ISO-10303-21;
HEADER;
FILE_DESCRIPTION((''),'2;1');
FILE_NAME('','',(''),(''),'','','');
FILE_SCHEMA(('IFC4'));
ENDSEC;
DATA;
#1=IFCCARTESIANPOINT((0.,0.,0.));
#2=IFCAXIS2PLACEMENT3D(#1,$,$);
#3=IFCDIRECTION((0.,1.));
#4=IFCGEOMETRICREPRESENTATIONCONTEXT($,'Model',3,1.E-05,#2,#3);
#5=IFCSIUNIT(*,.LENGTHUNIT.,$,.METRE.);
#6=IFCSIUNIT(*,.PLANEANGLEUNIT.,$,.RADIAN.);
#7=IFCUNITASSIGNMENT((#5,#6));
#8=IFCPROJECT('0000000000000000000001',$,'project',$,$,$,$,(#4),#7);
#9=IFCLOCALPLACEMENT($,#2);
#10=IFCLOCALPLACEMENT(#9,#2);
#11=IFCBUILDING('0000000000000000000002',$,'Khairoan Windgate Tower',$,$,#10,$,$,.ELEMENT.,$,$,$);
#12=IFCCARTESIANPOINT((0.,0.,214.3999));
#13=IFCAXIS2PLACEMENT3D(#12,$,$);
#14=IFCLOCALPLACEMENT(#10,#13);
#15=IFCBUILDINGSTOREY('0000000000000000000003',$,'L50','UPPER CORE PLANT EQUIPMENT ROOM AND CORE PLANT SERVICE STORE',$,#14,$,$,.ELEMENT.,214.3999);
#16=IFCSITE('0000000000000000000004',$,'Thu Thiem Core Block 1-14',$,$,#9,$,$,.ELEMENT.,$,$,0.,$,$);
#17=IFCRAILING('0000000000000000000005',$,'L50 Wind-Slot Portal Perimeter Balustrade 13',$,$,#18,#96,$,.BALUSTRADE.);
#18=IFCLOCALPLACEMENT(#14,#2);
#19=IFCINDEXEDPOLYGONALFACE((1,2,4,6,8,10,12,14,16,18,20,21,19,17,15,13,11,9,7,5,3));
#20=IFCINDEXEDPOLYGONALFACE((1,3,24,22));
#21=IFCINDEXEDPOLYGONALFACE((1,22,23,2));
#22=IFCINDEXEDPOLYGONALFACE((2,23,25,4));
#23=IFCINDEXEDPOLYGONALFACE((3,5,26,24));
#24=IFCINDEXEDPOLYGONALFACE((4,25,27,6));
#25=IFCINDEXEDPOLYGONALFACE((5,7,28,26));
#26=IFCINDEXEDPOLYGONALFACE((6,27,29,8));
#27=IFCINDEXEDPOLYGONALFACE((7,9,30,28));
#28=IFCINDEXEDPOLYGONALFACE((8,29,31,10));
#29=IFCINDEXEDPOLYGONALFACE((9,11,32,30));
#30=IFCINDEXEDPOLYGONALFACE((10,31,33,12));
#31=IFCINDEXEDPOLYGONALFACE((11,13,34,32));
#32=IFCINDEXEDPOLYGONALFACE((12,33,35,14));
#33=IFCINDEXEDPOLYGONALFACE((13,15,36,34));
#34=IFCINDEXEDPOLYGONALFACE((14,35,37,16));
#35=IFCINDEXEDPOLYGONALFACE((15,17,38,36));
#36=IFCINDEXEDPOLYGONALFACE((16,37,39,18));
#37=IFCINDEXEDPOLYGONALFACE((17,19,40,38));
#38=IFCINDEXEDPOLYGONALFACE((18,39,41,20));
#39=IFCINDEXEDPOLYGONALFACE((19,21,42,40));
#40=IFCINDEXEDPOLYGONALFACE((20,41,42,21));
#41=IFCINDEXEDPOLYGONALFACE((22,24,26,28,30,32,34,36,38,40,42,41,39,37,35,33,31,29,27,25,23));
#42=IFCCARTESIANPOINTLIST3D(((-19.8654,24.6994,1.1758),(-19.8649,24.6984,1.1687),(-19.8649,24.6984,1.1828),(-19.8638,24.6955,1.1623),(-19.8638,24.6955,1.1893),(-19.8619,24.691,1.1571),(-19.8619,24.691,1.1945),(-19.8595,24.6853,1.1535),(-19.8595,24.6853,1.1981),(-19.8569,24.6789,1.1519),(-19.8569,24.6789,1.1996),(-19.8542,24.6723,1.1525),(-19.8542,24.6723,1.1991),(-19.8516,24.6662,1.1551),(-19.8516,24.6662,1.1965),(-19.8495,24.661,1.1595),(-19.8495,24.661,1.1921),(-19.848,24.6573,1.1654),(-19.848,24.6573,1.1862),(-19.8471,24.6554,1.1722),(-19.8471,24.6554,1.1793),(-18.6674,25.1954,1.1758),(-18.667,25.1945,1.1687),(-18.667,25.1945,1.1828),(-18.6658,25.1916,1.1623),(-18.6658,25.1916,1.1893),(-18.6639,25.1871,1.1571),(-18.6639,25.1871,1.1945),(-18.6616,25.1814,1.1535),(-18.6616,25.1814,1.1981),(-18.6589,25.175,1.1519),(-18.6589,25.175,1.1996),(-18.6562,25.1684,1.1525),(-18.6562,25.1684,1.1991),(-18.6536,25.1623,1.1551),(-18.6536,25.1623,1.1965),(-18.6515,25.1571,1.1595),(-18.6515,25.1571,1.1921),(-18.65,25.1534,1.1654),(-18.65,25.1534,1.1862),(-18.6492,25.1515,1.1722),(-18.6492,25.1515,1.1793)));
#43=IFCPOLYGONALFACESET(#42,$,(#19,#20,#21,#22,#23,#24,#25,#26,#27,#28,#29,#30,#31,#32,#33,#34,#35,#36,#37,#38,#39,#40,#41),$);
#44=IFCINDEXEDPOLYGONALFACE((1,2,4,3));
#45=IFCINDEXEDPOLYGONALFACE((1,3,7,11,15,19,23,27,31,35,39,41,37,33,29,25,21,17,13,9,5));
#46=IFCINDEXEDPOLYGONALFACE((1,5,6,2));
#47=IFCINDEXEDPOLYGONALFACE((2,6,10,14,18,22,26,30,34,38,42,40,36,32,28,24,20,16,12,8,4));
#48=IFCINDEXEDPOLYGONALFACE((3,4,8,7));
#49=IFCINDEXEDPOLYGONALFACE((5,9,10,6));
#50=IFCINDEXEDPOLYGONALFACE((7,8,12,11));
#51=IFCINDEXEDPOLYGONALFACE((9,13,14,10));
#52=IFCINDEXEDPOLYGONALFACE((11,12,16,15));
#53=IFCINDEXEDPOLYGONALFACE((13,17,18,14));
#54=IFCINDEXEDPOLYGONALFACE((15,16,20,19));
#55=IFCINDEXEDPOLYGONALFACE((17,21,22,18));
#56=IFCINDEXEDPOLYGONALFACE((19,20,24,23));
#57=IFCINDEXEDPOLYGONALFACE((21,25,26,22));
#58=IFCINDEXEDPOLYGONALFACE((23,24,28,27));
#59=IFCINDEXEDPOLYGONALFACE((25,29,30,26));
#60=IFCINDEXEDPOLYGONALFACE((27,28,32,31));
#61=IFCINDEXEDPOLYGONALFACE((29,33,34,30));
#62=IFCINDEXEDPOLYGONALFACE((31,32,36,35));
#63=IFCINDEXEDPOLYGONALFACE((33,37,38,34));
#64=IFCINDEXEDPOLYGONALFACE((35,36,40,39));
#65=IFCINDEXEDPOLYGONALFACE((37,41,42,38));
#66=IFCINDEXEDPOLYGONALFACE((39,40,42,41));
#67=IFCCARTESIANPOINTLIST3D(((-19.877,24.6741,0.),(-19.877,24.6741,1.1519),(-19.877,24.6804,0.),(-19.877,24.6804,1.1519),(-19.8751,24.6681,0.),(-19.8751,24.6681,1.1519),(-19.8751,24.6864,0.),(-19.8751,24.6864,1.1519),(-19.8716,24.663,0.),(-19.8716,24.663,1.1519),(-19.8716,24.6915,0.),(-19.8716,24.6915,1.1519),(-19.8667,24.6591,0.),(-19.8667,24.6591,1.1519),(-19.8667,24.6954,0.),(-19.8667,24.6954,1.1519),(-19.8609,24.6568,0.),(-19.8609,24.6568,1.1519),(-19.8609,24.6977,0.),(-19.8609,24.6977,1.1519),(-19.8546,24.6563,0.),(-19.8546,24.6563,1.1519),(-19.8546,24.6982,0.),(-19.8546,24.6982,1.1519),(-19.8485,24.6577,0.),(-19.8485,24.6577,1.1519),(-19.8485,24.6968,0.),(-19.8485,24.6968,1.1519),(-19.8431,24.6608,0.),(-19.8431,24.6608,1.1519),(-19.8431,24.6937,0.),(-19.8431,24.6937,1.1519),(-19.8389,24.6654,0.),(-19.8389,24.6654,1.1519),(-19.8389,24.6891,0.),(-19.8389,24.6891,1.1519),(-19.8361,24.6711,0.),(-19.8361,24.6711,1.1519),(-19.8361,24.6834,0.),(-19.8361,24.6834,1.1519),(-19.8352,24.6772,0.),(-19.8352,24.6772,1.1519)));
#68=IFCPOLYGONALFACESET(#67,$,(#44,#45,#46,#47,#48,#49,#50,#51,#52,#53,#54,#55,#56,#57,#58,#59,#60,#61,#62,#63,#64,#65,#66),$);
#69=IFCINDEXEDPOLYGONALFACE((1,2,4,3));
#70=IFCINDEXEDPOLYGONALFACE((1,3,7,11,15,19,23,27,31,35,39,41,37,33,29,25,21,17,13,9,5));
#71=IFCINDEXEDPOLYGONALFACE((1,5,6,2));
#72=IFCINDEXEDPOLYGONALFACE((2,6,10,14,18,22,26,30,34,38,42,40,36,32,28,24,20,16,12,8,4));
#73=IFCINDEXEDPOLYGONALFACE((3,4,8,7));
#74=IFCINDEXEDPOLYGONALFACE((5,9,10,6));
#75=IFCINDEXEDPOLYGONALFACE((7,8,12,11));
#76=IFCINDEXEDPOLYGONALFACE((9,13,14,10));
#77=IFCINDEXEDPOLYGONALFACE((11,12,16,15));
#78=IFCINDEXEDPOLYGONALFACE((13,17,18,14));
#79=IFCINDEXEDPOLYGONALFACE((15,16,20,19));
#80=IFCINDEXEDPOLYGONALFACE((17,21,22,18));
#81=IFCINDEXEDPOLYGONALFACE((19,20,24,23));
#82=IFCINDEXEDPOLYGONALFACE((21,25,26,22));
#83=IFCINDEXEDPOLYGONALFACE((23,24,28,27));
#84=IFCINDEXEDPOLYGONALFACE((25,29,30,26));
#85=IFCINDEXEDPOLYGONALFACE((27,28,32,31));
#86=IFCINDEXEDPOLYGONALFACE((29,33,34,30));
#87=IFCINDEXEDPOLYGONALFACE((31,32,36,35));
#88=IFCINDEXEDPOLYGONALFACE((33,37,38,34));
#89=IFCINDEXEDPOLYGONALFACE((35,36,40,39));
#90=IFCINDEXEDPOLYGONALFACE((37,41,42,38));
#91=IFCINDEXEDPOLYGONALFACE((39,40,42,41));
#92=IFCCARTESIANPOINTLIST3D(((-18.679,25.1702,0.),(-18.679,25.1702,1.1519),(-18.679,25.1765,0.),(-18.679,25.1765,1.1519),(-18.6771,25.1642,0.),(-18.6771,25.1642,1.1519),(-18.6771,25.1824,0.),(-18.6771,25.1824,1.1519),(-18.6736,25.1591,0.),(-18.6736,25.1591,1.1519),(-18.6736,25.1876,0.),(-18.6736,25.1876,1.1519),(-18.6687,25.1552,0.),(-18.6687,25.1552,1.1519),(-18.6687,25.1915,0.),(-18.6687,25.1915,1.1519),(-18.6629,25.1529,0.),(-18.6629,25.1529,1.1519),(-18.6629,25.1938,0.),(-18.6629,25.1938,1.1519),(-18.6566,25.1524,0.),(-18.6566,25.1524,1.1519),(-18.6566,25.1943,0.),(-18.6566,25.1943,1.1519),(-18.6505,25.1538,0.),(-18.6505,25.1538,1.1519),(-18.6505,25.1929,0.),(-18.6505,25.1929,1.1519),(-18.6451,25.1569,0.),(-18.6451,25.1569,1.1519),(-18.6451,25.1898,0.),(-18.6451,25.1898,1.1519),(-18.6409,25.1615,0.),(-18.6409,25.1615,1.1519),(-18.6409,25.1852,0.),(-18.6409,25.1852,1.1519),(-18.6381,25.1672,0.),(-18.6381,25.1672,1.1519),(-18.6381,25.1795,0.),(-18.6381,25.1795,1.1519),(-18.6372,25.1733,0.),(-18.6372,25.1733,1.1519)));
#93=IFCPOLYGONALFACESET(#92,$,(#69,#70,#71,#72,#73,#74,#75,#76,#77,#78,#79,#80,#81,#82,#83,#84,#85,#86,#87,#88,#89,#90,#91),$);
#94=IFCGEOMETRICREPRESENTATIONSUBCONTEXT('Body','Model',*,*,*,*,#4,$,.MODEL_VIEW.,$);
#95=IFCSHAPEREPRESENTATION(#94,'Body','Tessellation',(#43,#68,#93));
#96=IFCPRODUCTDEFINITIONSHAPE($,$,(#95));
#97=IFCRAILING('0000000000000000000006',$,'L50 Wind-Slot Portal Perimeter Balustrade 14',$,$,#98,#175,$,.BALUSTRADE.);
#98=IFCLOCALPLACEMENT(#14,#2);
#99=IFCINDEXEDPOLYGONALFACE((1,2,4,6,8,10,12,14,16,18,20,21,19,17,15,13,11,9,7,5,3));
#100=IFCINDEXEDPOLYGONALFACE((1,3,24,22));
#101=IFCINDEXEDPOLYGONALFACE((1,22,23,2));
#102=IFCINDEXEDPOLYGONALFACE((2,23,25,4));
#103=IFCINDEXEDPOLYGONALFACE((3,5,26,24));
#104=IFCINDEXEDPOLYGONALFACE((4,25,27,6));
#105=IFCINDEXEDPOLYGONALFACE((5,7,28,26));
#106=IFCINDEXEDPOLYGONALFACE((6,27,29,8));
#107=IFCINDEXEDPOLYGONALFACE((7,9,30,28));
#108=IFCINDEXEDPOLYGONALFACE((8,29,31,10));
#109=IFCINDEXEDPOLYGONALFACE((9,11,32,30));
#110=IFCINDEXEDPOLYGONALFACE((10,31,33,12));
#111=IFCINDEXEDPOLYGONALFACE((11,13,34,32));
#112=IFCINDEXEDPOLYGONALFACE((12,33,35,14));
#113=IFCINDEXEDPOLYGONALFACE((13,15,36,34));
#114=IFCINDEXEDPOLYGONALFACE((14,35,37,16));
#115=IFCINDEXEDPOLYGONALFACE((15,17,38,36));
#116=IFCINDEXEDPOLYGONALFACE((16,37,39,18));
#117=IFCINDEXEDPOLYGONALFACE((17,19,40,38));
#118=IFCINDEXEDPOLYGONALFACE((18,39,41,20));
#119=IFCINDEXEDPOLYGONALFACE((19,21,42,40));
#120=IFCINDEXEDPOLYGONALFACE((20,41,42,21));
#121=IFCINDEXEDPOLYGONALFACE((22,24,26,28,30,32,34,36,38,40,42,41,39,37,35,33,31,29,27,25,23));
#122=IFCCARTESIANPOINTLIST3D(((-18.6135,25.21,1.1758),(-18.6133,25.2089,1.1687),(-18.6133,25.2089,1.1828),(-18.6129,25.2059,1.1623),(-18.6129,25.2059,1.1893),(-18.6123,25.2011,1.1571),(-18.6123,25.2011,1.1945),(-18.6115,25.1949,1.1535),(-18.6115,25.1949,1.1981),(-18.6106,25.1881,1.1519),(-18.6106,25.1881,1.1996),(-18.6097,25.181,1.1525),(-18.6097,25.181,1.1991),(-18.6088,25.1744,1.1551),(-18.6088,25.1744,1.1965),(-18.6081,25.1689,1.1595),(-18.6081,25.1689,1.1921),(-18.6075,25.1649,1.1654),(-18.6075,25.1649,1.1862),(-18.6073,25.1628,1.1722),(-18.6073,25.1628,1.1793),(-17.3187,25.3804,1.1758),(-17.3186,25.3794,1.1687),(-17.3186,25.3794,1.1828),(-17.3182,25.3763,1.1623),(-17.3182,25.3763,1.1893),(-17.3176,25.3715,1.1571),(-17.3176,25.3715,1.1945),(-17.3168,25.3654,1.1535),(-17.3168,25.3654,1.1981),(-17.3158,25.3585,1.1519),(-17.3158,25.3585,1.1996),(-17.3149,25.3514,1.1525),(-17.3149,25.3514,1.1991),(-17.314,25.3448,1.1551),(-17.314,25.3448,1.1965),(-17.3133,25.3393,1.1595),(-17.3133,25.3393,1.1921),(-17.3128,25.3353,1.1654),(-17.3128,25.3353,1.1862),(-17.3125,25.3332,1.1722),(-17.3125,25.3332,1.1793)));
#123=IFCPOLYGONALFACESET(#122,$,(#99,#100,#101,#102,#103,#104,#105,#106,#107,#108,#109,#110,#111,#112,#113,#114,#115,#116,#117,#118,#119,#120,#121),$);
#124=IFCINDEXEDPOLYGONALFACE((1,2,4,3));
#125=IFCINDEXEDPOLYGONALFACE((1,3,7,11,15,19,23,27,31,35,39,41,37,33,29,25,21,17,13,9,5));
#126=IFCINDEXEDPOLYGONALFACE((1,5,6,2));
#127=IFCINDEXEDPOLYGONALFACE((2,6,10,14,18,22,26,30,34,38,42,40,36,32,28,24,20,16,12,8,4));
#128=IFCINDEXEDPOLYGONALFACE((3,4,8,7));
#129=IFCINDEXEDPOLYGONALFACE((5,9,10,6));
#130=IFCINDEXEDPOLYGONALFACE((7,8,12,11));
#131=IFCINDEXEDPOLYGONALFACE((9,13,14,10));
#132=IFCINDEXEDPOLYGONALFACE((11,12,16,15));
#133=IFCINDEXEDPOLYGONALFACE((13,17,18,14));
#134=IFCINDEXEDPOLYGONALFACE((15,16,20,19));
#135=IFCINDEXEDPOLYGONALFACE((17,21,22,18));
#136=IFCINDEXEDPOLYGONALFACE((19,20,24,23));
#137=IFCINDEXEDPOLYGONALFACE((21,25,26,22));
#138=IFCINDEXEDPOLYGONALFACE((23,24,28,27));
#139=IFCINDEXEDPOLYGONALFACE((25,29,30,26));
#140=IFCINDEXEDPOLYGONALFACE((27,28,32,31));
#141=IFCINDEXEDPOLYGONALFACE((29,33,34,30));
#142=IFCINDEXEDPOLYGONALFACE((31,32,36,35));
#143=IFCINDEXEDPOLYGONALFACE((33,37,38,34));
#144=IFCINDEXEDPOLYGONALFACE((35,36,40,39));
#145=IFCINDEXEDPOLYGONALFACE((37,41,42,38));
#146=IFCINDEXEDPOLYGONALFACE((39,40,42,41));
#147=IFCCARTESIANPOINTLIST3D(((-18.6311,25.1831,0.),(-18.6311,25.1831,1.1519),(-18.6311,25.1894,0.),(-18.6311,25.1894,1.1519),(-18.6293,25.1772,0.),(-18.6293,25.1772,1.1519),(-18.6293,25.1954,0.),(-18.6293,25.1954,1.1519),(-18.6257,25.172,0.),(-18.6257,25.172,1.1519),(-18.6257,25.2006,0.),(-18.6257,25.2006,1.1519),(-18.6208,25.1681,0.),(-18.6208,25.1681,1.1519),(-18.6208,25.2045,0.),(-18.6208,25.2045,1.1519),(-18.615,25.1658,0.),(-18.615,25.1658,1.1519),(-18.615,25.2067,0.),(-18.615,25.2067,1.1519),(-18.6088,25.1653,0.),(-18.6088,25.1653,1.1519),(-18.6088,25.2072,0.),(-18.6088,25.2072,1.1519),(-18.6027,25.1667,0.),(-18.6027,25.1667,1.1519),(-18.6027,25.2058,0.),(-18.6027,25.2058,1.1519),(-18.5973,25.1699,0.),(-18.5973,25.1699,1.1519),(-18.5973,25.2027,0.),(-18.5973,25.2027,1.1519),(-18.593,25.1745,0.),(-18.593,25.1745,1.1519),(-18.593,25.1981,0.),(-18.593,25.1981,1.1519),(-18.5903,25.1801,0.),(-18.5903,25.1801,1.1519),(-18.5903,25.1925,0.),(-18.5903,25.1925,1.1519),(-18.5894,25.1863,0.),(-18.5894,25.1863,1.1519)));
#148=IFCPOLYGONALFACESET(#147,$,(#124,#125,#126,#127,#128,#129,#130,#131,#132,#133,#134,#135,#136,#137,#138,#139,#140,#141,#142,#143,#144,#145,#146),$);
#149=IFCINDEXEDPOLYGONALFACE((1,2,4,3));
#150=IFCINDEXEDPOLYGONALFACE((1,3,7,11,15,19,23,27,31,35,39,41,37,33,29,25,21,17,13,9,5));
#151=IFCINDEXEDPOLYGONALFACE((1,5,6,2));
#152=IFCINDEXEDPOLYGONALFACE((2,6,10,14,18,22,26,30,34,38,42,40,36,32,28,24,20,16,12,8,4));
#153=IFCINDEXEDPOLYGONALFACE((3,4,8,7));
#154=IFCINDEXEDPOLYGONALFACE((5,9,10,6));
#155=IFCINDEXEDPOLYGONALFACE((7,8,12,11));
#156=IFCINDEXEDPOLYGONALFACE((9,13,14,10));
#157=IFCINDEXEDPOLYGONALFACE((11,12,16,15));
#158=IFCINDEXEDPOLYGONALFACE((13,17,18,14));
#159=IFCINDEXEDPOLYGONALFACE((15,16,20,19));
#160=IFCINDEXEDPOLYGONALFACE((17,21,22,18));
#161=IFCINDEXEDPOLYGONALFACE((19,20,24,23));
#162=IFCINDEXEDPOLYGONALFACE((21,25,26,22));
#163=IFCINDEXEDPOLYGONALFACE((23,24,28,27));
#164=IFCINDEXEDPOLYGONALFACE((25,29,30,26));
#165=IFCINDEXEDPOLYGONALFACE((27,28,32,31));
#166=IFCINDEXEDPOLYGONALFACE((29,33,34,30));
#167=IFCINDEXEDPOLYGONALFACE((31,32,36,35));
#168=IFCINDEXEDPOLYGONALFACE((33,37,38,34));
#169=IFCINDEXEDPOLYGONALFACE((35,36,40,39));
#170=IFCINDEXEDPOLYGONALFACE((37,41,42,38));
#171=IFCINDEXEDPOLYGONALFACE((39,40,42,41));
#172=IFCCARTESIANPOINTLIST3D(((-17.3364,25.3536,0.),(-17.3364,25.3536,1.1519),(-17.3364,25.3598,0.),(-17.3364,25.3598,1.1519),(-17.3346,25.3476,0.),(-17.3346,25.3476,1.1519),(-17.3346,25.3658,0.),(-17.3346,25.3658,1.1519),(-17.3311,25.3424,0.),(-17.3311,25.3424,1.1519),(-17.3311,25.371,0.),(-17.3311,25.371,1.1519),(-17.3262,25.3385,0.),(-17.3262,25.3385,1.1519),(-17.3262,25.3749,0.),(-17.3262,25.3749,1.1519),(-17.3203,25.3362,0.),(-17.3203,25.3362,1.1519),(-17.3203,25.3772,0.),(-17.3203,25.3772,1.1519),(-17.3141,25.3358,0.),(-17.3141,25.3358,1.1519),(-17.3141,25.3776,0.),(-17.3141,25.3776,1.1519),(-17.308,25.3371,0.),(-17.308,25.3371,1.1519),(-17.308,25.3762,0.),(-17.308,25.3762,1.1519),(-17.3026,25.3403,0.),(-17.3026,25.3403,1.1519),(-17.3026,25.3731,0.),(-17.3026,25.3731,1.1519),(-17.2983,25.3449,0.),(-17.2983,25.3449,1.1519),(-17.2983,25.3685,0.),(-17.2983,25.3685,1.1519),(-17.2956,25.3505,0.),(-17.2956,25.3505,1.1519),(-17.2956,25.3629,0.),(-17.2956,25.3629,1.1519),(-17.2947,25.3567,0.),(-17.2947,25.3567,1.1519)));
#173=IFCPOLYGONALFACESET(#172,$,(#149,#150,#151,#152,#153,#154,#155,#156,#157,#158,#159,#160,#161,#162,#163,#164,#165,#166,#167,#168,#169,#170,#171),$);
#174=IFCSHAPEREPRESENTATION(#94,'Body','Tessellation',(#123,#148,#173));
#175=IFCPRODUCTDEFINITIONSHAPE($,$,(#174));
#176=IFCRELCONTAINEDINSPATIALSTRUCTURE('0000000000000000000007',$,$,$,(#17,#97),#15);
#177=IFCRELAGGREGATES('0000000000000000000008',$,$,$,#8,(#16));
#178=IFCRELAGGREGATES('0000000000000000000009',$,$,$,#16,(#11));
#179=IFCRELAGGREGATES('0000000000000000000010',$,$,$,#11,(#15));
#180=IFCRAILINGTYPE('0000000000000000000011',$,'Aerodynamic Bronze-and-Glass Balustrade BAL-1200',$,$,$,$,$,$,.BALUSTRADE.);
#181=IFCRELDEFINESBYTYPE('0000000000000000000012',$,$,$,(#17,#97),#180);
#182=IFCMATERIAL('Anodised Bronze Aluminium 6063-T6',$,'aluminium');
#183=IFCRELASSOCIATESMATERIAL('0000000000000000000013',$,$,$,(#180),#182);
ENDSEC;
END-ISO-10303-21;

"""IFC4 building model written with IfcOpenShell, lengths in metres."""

from ifc_helpers import new_model, si_unit, direction, frame, origin, origin_2d, place, context, subcontext, project, spatial, circle, extrude, material, type_object, element, save


model = new_model("IFC4")

# Units and contexts
model_context = context("Model", 3, precision=1e-05, world=origin(), true_north=direction((0.0, 1.0)))
body_context = subcontext(model_context, "Body", "Model", "MODEL_VIEW")
ifc_project = project(units=[si_unit("LENGTHUNIT", "METRE"), si_unit("PLANEANGLEUNIT", "RADIAN")], contexts=[model_context])

# Site, building, storey
site_placement = place(None, origin())
site = spatial("IfcSite", under=ifc_project, at=site_placement, Name="Thu Thiem Core Block 1-14", CompositionType="ELEMENT", RefElevation=0.0)
building_placement = place(site_placement, origin())
building = spatial("IfcBuilding", under=site, at=building_placement, Name="Khairoan Windgate Tower", CompositionType="ELEMENT")
storey_placement = place(building_placement, frame((0.0, 0.0, 214.3999)))
storey = spatial("IfcBuildingStorey", under=building, at=storey_placement, Name="L50", Description="UPPER CORE PLANT EQUIPMENT ROOM AND CORE PLANT SERVICE STORE", CompositionType="ELEMENT", Elevation=214.3999)

# Railings
ifc_material_1 = material(Name="Anodised Bronze Aluminium 6063-T6", Category="aluminium")
railing_type_1 = type_object("IfcRailingType", Name="Aerodynamic Bronze-and-Glass Balustrade BAL-1200", PredefinedType="BALUSTRADE", material=ifc_material_1)
railing_1_placement = place(storey_placement, frame((-19.8562, 24.6772, 0.0)))
element("IfcRailing", 1, at=railing_1_placement, inside=storey, type_object=railing_type_1, Name="L50 Wind-Slot Portal Perimeter Balustrade 13", PredefinedType="BALUSTRADE", context=body_context, shape_type="SweptSolid", body=[
    extrude(circle(Radius=0.0239, at=origin_2d()), frame((0.0, 0.0, 1.1758), z_axis=(0.923916, 0.382596, 0.0), x_axis=(-0.382596, 0.923916, 0.0)), (0.0, 0.0, 1.0), 1.2966),
    extrude(circle(Radius=0.021, at=origin_2d()), origin(), (0.0, 0.0, 1.0), 1.1519),
    extrude(circle(Radius=0.021, at=origin_2d()), frame((1.198, 0.4961, 0.0)), (0.0, 0.0, 1.0), 1.1519),
])
railing_2_placement = place(storey_placement, frame((-18.6104, 25.1863, 0.0)))
element("IfcRailing", 2, at=railing_2_placement, inside=storey, type_object=railing_type_1, Name="L50 Wind-Slot Portal Perimeter Balustrade 14", PredefinedType="BALUSTRADE", context=body_context, shape_type="SweptSolid", body=[
    extrude(circle(Radius=0.0239, at=origin_2d()), frame((0.0, 0.0, 1.1758), z_axis=(0.991449, 0.130498, 0.0), x_axis=(-0.130498, 0.991449, 0.0)), (0.0, 0.0, 1.0), 1.3059),
    extrude(circle(Radius=0.021, at=origin_2d()), origin(), (0.0, 0.0, 1.0), 1.1519),
    extrude(circle(Radius=0.021, at=origin_2d()), frame((1.2947, 0.1704, 0.0)), (0.0, 0.0, 1.0), 1.1519),
])

save(model, "model.ifc")
